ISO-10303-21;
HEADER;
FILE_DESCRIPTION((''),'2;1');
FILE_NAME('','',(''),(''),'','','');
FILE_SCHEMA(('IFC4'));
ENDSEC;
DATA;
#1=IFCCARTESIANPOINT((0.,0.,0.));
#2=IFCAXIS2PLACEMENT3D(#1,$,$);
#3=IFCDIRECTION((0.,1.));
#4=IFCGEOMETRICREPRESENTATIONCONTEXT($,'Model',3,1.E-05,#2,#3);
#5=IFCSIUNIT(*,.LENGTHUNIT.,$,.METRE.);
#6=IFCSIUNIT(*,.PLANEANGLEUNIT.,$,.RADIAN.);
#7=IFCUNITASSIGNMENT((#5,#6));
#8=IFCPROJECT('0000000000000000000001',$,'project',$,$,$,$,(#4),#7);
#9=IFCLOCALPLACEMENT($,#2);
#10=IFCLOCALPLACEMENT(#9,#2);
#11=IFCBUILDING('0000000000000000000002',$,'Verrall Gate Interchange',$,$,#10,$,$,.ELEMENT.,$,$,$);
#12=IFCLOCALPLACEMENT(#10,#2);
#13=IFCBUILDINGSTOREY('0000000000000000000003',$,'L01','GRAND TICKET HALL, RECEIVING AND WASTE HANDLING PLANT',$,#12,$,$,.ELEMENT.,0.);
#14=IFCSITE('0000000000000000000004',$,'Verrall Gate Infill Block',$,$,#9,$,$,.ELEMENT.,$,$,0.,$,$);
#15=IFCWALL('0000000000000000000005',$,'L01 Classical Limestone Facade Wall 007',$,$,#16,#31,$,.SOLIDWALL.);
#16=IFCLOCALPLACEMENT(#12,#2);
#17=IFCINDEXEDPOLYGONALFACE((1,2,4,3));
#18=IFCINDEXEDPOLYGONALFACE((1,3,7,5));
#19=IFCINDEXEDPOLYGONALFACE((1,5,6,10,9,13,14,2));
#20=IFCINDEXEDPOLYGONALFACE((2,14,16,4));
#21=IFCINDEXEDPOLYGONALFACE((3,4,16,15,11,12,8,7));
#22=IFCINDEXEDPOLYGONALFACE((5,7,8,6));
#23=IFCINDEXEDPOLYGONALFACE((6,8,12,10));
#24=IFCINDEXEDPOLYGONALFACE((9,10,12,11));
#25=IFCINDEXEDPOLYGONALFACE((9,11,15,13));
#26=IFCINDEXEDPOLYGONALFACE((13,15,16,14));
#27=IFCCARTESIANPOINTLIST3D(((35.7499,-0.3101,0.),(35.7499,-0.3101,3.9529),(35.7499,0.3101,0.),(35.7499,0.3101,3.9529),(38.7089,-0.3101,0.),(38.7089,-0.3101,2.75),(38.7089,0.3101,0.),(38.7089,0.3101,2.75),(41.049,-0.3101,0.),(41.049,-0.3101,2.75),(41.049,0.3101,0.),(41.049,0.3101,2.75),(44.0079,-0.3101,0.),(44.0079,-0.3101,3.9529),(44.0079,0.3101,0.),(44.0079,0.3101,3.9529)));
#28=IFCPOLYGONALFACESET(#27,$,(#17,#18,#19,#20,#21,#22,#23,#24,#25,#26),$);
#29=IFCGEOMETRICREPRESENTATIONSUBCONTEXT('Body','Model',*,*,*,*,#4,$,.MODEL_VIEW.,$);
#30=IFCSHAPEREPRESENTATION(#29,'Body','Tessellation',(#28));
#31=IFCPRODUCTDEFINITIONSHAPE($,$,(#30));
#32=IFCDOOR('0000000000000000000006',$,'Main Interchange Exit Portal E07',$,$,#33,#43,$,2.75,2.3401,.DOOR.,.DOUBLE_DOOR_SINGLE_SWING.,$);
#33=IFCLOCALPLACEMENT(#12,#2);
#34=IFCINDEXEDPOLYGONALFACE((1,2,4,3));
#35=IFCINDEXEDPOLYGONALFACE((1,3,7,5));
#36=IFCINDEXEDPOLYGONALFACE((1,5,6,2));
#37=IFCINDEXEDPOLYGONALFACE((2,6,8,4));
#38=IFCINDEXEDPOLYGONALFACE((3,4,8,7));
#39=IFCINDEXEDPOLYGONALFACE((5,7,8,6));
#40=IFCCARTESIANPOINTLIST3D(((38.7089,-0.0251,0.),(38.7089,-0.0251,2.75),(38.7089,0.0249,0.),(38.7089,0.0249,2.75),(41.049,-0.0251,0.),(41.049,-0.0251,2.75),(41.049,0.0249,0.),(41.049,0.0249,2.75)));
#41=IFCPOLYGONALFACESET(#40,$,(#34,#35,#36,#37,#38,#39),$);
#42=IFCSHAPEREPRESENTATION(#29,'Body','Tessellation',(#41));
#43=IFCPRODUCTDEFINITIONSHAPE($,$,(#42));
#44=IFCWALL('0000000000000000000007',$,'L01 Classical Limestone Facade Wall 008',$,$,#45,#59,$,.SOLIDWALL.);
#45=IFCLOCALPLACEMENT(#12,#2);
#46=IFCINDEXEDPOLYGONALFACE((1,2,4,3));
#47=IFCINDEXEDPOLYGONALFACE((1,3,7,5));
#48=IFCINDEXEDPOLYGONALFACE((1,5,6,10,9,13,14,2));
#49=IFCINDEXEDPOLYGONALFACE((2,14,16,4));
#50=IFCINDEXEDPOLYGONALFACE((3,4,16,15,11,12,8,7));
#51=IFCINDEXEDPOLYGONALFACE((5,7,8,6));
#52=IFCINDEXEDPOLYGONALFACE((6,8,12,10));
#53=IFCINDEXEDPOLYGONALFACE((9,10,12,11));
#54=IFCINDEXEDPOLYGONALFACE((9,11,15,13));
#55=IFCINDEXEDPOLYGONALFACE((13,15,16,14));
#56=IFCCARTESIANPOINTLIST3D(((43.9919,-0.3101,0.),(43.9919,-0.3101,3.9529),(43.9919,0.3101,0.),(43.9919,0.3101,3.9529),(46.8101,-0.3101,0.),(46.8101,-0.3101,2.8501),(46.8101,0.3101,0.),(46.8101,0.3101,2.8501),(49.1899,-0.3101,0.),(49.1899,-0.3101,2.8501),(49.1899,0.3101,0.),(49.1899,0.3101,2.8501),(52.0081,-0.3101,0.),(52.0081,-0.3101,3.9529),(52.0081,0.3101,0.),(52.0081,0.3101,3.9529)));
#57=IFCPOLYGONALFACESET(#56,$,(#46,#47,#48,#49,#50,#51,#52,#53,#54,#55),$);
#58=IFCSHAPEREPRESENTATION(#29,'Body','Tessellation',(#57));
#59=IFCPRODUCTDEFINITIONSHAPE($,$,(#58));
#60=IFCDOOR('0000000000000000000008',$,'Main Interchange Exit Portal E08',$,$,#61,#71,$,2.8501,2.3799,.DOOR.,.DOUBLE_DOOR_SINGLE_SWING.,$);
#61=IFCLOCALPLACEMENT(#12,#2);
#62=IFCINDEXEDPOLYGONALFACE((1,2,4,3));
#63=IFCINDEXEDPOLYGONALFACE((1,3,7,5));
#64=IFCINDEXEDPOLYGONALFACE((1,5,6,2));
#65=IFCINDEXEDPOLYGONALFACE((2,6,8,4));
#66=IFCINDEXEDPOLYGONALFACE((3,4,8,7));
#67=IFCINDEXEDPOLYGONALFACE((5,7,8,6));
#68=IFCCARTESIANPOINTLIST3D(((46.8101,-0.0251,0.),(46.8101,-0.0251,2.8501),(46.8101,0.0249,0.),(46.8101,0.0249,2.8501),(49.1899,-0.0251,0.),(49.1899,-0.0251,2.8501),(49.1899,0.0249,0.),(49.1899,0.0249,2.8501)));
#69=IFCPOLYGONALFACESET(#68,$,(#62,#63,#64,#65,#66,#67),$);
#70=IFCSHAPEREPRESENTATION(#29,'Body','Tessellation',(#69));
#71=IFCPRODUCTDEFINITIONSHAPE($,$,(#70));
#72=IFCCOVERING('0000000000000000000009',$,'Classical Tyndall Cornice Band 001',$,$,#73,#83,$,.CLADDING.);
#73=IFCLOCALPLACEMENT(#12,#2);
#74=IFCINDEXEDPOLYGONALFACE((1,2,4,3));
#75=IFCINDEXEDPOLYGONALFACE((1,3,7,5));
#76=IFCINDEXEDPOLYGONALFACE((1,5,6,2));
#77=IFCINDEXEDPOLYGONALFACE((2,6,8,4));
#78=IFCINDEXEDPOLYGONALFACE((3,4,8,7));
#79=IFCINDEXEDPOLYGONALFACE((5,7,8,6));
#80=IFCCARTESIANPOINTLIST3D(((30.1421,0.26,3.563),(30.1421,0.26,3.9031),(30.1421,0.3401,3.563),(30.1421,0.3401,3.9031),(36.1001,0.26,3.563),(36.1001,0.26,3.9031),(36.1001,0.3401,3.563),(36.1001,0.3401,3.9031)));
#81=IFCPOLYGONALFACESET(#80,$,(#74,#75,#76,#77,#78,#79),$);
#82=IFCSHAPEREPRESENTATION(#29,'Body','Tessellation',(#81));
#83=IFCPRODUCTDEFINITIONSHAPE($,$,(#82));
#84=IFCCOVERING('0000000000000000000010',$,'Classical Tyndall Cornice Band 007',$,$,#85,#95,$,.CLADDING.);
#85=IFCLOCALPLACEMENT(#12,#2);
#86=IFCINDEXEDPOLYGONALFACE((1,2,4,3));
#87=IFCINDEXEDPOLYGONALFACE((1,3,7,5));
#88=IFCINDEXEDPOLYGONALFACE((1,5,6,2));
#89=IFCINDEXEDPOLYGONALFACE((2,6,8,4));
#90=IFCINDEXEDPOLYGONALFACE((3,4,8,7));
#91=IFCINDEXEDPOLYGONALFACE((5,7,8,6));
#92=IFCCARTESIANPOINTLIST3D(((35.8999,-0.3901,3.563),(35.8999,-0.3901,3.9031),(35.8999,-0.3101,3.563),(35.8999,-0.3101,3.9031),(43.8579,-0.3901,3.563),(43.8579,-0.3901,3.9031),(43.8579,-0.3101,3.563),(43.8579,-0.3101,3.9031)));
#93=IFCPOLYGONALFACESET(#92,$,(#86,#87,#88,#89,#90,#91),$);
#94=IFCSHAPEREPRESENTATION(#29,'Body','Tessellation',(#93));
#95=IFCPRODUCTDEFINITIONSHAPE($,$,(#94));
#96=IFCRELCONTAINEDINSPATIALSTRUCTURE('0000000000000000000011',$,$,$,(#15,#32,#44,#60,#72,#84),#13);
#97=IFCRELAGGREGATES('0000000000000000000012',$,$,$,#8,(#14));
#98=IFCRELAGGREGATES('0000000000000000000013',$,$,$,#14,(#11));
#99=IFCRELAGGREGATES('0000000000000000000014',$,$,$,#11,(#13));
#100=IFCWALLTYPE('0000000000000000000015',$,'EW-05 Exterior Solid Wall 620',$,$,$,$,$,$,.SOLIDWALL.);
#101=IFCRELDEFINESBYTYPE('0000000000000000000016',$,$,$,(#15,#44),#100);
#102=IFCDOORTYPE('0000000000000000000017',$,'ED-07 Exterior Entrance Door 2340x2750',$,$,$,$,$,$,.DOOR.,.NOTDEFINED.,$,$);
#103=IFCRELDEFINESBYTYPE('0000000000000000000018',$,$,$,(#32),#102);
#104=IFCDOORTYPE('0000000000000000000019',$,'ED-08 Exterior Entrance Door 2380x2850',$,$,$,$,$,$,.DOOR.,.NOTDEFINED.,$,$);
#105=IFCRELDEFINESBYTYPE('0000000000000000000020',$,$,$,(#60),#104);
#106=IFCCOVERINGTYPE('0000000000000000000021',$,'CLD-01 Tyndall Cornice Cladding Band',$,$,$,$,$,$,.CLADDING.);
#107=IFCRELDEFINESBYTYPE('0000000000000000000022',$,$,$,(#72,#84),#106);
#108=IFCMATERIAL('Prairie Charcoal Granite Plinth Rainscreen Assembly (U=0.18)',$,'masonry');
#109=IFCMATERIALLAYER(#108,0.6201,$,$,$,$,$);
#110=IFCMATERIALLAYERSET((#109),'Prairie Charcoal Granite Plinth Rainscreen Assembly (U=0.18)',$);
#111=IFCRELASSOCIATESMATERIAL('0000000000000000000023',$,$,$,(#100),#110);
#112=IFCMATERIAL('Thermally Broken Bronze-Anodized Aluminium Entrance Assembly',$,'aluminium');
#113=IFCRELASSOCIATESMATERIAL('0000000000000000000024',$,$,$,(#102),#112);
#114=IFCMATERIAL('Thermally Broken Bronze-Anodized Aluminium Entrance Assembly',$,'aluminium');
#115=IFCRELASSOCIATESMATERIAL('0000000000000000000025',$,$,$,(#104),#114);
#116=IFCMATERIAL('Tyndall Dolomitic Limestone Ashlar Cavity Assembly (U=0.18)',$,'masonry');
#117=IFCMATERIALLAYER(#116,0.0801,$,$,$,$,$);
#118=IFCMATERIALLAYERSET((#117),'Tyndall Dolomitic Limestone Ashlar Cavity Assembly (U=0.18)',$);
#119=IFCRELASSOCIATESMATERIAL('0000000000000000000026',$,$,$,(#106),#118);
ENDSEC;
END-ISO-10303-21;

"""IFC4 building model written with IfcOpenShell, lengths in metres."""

from ifc_helpers import new_model, si_unit, direction, frame, frame_2d, origin, origin_2d, place, context, subcontext, project, spatial, rectangle, extrude, material, layer, layer_set, type_object, element, fill, save


model = new_model("IFC4")

# Units and contexts
model_context = context("Model", 3, precision=1e-05, world=origin(), true_north=direction((0.0, 1.0)))
body_context = subcontext(model_context, "Body", "Model", "MODEL_VIEW")
ifc_project = project(units=[si_unit("LENGTHUNIT", "METRE"), si_unit("PLANEANGLEUNIT", "RADIAN")], contexts=[model_context])

# Site, building, storey
site_placement = place(None, origin())
site = spatial("IfcSite", under=ifc_project, at=site_placement, Name="Verrall Gate Infill Block", CompositionType="ELEMENT", RefElevation=0.0)
building_placement = place(site_placement, origin())
building = spatial("IfcBuilding", under=site, at=building_placement, Name="Verrall Gate Interchange", CompositionType="ELEMENT")
storey_placement = place(building_placement, origin())
storey = spatial("IfcBuildingStorey", under=building, at=storey_placement, Name="L01", Description="GRAND TICKET HALL, RECEIVING AND WASTE HANDLING PLANT", CompositionType="ELEMENT", Elevation=0.0)

# Walls, openings, doors
ifc_material_1 = material(Name="Prairie Charcoal Granite Plinth Rainscreen Assembly (U=0.18)", Category="masonry")
ifc_layer_1 = layer(ifc_material_1, 0.6201)
ifc_layer_set_1 = layer_set([ifc_layer_1], Name="Prairie Charcoal Granite Plinth Rainscreen Assembly (U=0.18)")
wall_type_1 = type_object("IfcWallType", Name="EW-05 Exterior Solid Wall 620", PredefinedType="SOLIDWALL", material=ifc_layer_set_1)
wall_1_placement = place(storey_placement, frame((35.75, 0.0, 0.0), z_axis=(0.0, 0.0, 1.0), x_axis=(1.0, 0.0, 0.0)))
wall_1 = element("IfcWall", 1, at=wall_1_placement, inside=storey, type_object=wall_type_1, Name="L01 Classical Limestone Facade Wall 007", PredefinedType="SOLIDWALL", context=body_context, shape_type="SweptSolid", body=[
    extrude(rectangle(XDim=8.2581, YDim=0.6201, at=frame_2d((4.1289, 0.0))), origin(), (0.0, 0.0, 1.0), 3.9529),
])
opening_1_placement = place(wall_1_placement, frame((2.959, 0.0, 0.0)))
opening_1 = element("IfcOpeningElement", 2, at=opening_1_placement, cuts=wall_1, PredefinedType="OPENING", context=body_context, shape_type="SweptSolid", body=[
    extrude(rectangle(XDim=2.3401, YDim=2.75, at=frame_2d((1.1699, 1.375))), frame((0.0, 0.325, 0.0), z_axis=(0.0, -1.0, 0.0), x_axis=(1.0, 0.0, 0.0)), (0.0, 0.0, 1.0), 0.6499),
])
ifc_material_2 = material(Name="Thermally Broken Bronze-Anodized Aluminium Entrance Assembly", Category="aluminium")
door_type_1 = type_object("IfcDoorType", Name="ED-07 Exterior Entrance Door 2340x2750", OperationType="NOTDEFINED", PredefinedType="DOOR", material=ifc_material_2)
door_1_placement = place(opening_1_placement, origin())
door_1 = element("IfcDoor", 3, at=door_1_placement, inside=storey, type_object=door_type_1, Name="Main Interchange Exit Portal E07", OperationType="DOUBLE_DOOR_SINGLE_SWING", OverallHeight=2.75, OverallWidth=2.3401, PredefinedType="DOOR", context=body_context, shape_type="SweptSolid", body=[
    extrude(rectangle(XDim=2.3401, YDim=2.75, at=frame_2d((1.1699, 1.375))), frame((0.0, 0.0249, 0.0), z_axis=(0.0, -1.0, 0.0), x_axis=(1.0, 0.0, 0.0)), (0.0, 0.0, 1.0), 0.05),
])
fill(opening_1, door_1)
wall_2_placement = place(storey_placement, frame((43.9919, 0.0, 0.0), z_axis=(0.0, 0.0, 1.0), x_axis=(1.0, 0.0, 0.0)))
wall_2 = element("IfcWall", 4, at=wall_2_placement, inside=storey, type_object=wall_type_1, Name="L01 Classical Limestone Facade Wall 008", PredefinedType="SOLIDWALL", context=body_context, shape_type="SweptSolid", body=[
    extrude(rectangle(XDim=8.0161, YDim=0.6201, at=frame_2d((4.0081, 0.0))), origin(), (0.0, 0.0, 1.0), 3.9529),
])
opening_2_placement = place(wall_2_placement, frame((2.8181, 0.0, 0.0)))
opening_2 = element("IfcOpeningElement", 5, at=opening_2_placement, cuts=wall_2, PredefinedType="OPENING", context=body_context, shape_type="SweptSolid", body=[
    extrude(rectangle(XDim=2.3799, YDim=2.8501, at=frame_2d((1.1899, 1.425))), frame((0.0, 0.325, 0.0), z_axis=(0.0, -1.0, 0.0), x_axis=(1.0, 0.0, 0.0)), (0.0, 0.0, 1.0), 0.6499),
])
ifc_material_3 = material(Name="Thermally Broken Bronze-Anodized Aluminium Entrance Assembly", Category="aluminium")
door_type_2 = type_object("IfcDoorType", Name="ED-08 Exterior Entrance Door 2380x2850", OperationType="NOTDEFINED", PredefinedType="DOOR", material=ifc_material_3)
door_2_placement = place(opening_2_placement, origin())
door_2 = element("IfcDoor", 6, at=door_2_placement, inside=storey, type_object=door_type_2, Name="Main Interchange Exit Portal E08", OperationType="DOUBLE_DOOR_SINGLE_SWING", OverallHeight=2.8501, OverallWidth=2.3799, PredefinedType="DOOR", context=body_context, shape_type="SweptSolid", body=[
    extrude(rectangle(XDim=2.3799, YDim=2.8501, at=frame_2d((1.1899, 1.425))), frame((0.0, 0.0249, 0.0), z_axis=(0.0, -1.0, 0.0), x_axis=(1.0, 0.0, 0.0)), (0.0, 0.0, 1.0), 0.05),
])
fill(opening_2, door_2)

# Coverings
ifc_material_4 = material(Name="Tyndall Dolomitic Limestone Ashlar Cavity Assembly (U=0.18)", Category="masonry")
ifc_layer_2 = layer(ifc_material_4, 0.0801)
ifc_layer_set_2 = layer_set([ifc_layer_2], Name="Tyndall Dolomitic Limestone Ashlar Cavity Assembly (U=0.18)")
covering_type = type_object("IfcCoveringType", Name="CLD-01 Tyndall Cornice Cladding Band", PredefinedType="CLADDING", material=ifc_layer_set_2)
covering_1_placement = place(storey_placement, frame((33.1211, 0.3, 3.563), z_axis=(0.0, 0.0, 1.0), x_axis=(-1.0, 0.0, 0.0)))
element("IfcCovering", 7, at=covering_1_placement, inside=storey, type_object=covering_type, Name="Classical Tyndall Cornice Band 001", PredefinedType="CLADDING", context=body_context, shape_type="SweptSolid", body=[
    extrude(rectangle(XDim=5.958, YDim=0.0801, at=origin_2d()), origin(), (0.0, 0.0, 1.0), 0.3401),
])
covering_2_placement = place(storey_placement, frame((39.8789, -0.3501, 3.563), z_axis=(0.0, 0.0, 1.0), x_axis=(1.0, 0.0, 0.0)))
element("IfcCovering", 8, at=covering_2_placement, inside=storey, type_object=covering_type, Name="Classical Tyndall Cornice Band 007", PredefinedType="CLADDING", context=body_context, shape_type="SweptSolid", body=[
    extrude(rectangle(XDim=7.958, YDim=0.0801, at=origin_2d()), origin(), (0.0, 0.0, 1.0), 0.3401),
])

save(model, "model.ifc")
